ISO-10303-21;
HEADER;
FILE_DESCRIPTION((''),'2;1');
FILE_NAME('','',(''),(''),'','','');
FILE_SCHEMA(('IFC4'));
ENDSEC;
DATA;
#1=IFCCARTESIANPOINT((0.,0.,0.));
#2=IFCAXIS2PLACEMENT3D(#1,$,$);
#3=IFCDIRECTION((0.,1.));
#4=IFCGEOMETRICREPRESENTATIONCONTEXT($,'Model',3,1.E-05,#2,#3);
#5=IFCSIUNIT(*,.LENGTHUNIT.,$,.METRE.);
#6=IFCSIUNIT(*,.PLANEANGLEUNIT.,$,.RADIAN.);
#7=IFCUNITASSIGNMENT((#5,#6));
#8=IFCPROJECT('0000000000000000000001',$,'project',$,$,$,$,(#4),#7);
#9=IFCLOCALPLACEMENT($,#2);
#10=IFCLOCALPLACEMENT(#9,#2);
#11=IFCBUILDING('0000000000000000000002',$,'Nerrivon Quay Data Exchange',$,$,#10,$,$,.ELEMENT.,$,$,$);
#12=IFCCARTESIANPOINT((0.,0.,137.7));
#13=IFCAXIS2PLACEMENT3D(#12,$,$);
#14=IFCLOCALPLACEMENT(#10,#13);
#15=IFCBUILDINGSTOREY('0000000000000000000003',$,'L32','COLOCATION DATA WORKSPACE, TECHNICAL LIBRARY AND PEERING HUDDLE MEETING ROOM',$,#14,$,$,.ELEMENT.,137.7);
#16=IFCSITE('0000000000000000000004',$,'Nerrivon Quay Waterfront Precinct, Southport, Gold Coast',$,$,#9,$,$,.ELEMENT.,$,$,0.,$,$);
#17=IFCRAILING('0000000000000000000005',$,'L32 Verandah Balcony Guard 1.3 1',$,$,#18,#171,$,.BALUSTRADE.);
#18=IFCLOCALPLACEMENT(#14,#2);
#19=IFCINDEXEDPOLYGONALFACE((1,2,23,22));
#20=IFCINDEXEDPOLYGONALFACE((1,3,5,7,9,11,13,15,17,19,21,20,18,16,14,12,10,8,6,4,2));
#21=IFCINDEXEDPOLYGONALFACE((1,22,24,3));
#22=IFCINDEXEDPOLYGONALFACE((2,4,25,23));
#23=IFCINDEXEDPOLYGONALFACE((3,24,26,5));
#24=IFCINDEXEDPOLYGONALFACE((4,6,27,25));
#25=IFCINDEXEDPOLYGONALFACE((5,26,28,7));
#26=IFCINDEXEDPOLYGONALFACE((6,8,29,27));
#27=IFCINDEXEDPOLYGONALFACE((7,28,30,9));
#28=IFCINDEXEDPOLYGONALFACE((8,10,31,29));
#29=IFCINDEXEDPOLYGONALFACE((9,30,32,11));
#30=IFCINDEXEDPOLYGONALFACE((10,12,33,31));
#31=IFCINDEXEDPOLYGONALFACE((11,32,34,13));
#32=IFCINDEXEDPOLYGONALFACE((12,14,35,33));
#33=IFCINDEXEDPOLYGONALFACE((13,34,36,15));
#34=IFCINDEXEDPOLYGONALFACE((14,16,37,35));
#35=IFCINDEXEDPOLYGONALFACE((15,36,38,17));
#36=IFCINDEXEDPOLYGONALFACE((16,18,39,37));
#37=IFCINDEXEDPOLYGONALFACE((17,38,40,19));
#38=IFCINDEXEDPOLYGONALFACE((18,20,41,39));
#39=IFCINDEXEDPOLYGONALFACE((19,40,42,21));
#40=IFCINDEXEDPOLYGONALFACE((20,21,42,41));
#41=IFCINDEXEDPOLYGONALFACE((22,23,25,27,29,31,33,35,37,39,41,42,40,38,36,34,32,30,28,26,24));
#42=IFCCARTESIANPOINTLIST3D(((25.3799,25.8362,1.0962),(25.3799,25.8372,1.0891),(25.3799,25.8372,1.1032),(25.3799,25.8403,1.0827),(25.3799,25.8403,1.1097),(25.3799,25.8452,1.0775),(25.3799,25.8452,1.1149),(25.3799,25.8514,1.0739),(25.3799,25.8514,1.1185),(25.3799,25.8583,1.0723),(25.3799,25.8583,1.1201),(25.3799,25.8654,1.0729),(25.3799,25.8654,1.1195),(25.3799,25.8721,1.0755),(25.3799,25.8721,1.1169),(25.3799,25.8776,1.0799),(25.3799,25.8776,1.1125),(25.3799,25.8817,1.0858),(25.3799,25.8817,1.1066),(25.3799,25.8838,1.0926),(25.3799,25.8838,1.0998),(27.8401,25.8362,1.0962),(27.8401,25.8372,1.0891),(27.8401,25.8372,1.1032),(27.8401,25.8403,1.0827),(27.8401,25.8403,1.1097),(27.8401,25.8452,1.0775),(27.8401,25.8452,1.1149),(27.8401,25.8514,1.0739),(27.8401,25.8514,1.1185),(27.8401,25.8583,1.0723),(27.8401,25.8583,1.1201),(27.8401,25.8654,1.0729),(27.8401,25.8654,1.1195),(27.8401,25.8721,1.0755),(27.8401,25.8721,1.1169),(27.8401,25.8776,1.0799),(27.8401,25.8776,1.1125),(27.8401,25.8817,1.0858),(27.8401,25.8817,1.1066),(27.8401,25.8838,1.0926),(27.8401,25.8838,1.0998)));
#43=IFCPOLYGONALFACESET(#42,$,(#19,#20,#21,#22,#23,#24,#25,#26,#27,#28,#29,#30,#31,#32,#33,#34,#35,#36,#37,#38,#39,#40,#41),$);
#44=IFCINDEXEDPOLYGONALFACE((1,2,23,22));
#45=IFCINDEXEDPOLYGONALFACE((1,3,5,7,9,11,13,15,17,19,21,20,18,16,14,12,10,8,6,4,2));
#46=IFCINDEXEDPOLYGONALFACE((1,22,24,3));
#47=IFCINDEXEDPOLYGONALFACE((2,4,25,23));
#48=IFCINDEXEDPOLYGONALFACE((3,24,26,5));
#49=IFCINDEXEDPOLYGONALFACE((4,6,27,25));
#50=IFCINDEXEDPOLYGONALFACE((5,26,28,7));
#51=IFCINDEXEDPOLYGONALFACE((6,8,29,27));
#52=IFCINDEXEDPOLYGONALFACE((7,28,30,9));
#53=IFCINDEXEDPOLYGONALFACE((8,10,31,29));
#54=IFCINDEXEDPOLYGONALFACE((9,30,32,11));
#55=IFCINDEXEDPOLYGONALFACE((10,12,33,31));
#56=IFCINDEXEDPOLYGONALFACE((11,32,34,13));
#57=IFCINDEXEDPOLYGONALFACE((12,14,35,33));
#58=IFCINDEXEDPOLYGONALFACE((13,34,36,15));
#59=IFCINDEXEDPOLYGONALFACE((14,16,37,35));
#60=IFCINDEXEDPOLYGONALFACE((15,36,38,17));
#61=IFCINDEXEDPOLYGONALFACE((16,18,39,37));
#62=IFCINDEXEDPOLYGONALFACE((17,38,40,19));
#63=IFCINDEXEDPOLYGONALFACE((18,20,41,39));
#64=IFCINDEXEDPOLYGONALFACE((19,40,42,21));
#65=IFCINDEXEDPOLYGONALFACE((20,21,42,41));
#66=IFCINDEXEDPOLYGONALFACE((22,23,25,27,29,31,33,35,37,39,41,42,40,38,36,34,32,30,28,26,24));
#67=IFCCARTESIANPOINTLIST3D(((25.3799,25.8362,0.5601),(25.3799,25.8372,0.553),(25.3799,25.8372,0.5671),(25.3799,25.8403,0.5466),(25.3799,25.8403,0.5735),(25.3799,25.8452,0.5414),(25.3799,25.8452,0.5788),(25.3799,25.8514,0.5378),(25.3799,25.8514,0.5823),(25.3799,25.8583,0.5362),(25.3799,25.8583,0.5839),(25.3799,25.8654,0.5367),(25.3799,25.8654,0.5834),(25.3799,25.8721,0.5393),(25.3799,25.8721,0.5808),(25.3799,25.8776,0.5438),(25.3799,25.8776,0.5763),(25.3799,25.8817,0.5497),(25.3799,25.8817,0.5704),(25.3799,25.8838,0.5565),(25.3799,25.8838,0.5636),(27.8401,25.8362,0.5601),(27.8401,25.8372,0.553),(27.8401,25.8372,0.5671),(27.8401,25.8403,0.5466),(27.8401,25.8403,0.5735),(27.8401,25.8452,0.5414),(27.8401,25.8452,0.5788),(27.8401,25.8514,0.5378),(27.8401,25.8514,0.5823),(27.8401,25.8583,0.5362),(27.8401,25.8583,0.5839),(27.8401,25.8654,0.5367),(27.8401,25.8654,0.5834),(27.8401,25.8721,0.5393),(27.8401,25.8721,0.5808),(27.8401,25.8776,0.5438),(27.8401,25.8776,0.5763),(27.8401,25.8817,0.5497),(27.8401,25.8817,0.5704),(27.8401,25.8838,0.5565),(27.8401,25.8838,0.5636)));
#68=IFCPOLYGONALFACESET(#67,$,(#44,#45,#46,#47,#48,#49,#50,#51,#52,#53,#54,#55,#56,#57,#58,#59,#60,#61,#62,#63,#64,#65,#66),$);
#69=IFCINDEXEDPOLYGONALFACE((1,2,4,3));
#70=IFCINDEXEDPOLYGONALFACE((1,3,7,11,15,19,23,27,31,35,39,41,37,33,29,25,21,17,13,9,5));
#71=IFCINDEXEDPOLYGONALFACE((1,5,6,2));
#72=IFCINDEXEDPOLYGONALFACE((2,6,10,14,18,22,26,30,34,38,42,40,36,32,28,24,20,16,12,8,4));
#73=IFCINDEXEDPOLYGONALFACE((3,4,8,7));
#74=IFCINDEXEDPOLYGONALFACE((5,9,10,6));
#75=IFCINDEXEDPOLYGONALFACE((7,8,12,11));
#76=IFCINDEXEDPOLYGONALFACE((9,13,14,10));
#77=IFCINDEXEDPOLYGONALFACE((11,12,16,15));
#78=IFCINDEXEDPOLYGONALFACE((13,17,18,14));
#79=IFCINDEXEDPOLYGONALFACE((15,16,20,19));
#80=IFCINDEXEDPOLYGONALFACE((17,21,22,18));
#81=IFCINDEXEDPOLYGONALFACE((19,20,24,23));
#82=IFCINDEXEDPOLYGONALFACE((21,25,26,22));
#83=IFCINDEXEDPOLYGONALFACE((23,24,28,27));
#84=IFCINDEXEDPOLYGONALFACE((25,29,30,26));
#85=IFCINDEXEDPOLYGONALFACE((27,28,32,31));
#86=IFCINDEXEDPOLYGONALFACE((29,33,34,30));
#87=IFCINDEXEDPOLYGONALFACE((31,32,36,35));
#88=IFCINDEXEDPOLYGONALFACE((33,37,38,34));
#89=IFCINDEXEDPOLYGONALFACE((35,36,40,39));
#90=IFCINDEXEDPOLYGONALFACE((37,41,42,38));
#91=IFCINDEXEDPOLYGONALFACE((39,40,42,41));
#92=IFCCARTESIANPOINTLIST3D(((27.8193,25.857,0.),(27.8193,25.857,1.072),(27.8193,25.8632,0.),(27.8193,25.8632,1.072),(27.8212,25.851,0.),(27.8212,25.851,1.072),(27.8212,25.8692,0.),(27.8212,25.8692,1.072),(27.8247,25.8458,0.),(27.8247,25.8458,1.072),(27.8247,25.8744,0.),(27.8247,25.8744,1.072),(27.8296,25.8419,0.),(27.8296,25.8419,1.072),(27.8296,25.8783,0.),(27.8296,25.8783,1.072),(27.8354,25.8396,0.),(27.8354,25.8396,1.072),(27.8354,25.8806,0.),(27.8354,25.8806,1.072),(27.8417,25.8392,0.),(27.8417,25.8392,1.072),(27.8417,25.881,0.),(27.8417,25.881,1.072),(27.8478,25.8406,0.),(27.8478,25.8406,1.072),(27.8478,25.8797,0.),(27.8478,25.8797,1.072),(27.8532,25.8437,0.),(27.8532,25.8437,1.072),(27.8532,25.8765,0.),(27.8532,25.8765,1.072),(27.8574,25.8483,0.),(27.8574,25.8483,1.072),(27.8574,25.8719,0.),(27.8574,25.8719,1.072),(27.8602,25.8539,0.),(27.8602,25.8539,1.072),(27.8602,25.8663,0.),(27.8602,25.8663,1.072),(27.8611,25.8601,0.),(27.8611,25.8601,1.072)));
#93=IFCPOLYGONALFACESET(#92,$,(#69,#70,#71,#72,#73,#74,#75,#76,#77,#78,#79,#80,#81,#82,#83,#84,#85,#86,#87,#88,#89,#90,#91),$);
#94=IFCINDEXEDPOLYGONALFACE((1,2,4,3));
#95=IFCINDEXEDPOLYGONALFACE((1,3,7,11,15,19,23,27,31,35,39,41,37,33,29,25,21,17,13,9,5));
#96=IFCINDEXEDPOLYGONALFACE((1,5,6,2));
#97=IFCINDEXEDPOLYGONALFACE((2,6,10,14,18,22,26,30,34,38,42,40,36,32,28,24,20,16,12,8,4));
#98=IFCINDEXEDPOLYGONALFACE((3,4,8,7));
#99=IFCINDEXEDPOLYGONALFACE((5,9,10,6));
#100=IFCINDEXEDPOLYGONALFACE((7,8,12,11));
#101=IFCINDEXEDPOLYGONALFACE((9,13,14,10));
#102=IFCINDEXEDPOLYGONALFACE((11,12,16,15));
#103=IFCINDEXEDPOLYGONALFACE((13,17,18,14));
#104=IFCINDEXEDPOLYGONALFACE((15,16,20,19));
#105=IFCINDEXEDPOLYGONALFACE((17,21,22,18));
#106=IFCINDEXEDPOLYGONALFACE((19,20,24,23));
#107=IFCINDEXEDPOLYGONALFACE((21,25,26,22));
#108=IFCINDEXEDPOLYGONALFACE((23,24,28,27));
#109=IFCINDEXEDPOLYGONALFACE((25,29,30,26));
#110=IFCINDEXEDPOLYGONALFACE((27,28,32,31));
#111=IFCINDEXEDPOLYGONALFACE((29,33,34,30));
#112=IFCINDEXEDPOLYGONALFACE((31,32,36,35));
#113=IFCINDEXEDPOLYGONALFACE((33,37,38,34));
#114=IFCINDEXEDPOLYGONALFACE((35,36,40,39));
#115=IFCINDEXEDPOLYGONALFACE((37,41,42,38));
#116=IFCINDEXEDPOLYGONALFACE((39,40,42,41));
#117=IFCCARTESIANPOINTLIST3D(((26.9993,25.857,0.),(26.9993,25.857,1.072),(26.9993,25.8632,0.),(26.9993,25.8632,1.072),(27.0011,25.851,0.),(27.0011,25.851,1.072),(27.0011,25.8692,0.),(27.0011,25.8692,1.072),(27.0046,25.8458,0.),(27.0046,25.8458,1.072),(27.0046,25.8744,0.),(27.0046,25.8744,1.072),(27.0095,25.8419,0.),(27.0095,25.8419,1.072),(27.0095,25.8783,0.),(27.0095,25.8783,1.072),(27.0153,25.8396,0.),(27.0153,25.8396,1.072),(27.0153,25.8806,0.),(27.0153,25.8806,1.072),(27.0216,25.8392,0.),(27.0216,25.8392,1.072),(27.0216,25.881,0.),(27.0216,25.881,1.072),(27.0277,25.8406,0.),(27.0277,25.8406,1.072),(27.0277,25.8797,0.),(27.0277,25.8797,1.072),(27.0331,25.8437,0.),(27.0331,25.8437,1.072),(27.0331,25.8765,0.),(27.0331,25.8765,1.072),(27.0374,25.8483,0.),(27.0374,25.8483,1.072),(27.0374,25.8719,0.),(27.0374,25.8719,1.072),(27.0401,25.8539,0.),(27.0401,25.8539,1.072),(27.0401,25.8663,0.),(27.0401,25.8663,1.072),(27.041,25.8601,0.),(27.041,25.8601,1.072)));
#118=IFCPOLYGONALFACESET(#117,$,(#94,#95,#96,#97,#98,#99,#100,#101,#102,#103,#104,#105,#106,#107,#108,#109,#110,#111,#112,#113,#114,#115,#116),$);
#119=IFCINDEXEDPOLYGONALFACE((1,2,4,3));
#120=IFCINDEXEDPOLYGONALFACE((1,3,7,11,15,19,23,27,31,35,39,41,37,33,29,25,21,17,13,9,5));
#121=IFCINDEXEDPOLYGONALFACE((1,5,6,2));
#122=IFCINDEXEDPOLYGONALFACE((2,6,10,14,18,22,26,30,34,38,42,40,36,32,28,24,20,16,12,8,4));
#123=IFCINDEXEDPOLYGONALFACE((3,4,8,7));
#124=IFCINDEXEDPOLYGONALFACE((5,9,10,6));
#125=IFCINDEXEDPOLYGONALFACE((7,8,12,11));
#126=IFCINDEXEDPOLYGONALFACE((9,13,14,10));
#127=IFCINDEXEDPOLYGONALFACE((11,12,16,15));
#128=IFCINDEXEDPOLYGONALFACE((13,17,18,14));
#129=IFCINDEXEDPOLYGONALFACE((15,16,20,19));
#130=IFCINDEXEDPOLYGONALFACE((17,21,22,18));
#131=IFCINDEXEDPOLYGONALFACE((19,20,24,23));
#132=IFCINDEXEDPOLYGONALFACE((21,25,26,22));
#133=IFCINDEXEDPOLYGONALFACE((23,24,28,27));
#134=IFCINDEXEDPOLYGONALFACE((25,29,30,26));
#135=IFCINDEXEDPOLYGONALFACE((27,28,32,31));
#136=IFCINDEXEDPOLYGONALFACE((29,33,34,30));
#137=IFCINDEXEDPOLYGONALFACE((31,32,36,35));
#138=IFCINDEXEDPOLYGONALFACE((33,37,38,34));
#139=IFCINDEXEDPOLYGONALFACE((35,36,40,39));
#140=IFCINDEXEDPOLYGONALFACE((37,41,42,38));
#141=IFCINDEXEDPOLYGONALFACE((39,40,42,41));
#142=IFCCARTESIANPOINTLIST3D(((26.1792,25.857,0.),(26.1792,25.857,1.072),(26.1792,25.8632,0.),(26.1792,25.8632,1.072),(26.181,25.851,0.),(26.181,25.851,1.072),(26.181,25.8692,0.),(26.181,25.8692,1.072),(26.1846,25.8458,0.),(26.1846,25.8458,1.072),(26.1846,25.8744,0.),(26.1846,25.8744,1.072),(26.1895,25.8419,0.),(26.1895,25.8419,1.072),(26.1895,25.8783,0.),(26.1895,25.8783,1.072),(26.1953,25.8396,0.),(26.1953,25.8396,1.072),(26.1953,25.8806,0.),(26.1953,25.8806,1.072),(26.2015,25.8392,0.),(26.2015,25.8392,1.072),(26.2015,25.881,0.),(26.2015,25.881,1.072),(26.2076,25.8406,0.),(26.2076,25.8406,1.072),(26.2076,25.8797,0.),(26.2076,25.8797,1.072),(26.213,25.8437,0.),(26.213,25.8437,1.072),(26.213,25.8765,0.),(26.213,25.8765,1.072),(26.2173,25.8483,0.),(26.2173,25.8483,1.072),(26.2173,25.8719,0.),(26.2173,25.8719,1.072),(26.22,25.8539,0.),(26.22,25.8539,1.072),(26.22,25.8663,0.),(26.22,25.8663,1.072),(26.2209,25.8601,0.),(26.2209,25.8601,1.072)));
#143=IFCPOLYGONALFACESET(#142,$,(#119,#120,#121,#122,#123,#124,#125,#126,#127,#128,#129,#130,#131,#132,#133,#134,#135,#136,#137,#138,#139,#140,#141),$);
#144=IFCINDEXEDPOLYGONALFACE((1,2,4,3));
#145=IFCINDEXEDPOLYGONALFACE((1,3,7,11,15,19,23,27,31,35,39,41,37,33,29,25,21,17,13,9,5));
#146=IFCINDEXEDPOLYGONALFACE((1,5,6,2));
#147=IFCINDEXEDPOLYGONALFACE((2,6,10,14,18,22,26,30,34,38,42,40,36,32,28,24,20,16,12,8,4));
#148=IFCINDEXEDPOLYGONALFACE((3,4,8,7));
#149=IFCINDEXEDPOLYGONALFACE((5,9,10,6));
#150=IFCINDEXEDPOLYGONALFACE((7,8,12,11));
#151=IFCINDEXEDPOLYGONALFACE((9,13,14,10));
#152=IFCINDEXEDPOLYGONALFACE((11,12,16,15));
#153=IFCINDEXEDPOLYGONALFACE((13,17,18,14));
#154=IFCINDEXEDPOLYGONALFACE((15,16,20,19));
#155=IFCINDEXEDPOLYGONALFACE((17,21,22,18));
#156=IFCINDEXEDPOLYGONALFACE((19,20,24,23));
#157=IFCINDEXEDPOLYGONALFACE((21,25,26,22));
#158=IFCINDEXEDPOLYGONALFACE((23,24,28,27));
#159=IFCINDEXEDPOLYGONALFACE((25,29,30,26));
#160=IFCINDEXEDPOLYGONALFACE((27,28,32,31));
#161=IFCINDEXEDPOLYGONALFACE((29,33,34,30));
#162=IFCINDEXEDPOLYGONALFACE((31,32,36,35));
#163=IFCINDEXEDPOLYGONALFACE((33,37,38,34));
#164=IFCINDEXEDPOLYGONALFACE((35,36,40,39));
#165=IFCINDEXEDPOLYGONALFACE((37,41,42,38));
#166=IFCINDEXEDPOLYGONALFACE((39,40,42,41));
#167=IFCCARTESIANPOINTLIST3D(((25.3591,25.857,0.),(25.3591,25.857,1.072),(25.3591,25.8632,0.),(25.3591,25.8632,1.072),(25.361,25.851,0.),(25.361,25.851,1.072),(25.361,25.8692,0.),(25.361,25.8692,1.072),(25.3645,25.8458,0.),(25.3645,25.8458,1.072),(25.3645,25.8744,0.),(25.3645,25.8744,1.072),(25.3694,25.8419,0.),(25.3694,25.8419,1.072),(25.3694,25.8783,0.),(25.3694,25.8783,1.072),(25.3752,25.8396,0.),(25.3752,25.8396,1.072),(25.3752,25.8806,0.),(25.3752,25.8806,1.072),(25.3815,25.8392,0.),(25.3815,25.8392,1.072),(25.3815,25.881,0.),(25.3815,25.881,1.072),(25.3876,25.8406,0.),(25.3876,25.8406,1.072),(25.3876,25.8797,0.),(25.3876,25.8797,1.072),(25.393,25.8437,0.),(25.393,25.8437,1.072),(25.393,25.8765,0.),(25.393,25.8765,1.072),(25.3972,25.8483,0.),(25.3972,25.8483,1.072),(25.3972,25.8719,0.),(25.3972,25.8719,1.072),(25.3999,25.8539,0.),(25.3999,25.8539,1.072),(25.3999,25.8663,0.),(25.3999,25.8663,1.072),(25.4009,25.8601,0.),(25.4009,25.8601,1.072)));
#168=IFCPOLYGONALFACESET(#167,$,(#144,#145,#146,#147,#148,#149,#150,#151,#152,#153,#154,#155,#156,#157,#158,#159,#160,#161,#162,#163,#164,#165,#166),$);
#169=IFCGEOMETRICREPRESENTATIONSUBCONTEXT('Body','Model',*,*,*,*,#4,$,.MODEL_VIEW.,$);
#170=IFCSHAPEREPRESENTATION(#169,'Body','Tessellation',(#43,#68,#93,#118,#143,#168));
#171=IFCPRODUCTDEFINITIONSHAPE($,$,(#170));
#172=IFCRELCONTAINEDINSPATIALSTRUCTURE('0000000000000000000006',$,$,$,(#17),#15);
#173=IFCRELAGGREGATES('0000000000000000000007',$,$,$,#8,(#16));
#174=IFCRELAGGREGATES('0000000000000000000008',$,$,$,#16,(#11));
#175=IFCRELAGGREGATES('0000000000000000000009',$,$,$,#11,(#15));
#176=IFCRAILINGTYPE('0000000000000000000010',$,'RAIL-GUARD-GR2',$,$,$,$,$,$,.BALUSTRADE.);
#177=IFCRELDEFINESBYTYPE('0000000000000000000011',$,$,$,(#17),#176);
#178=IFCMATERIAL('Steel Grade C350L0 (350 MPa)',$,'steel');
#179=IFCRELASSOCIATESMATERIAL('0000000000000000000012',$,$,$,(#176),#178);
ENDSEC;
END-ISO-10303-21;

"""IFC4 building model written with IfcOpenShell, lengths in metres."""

from ifc_helpers import new_model, si_unit, direction, frame, origin, origin_2d, place, context, subcontext, project, spatial, circle, extrude, material, type_object, element, save


model = new_model("IFC4")

# Units and contexts
model_context = context("Model", 3, precision=1e-05, world=origin(), true_north=direction((0.0, 1.0)))
body_context = subcontext(model_context, "Body", "Model", "MODEL_VIEW")
ifc_project = project(units=[si_unit("LENGTHUNIT", "METRE"), si_unit("PLANEANGLEUNIT", "RADIAN")], contexts=[model_context])

# Site, building, storey
site_placement = place(None, origin())
site = spatial("IfcSite", under=ifc_project, at=site_placement, Name="Nerrivon Quay Waterfront Precinct, Southport, Gold Coast", CompositionType="ELEMENT", RefElevation=0.0)
building_placement = place(site_placement, origin())
building = spatial("IfcBuilding", under=site, at=building_placement, Name="Nerrivon Quay Data Exchange", CompositionType="ELEMENT")
storey_placement = place(building_placement, frame((0.0, 0.0, 137.7)))
storey = spatial("IfcBuildingStorey", under=building, at=storey_placement, Name="L32", Description="COLOCATION DATA WORKSPACE, TECHNICAL LIBRARY AND PEERING HUDDLE MEETING ROOM", CompositionType="ELEMENT", Elevation=137.7)

# Railing
ifc_material_1 = material(Name="Steel Grade C350L0 (350 MPa)", Category="steel")
railing_type = type_object("IfcRailingType", Name="RAIL-GUARD-GR2", PredefinedType="BALUSTRADE", material=ifc_material_1)
railing_1_placement = place(storey_placement, frame((27.8401, 25.8601, 0.0)))
element("IfcRailing", 1, at=railing_1_placement, inside=storey, type_object=railing_type, Name="L32 Verandah Balcony Guard 1.3 1", PredefinedType="BALUSTRADE", context=body_context, shape_type="SweptSolid", body=[
    extrude(circle(Radius=0.0239, at=origin_2d()), frame((0.0, 0.0, 1.0962), z_axis=(-1.0, 0.0, 0.0), x_axis=(0.0, -1.0, 0.0)), (0.0, 0.0, 1.0), 2.4602),
    extrude(circle(Radius=0.0239, at=origin_2d()), frame((0.0, 0.0, 0.5601), z_axis=(-1.0, 0.0, 0.0), x_axis=(0.0, -1.0, 0.0)), (0.0, 0.0, 1.0), 2.4602),
    extrude(circle(Radius=0.021, at=origin_2d()), origin(), (0.0, 0.0, 1.0), 1.072),
    extrude(circle(Radius=0.021, at=origin_2d()), frame((-0.8201, 0.0, 0.0)), (0.0, 0.0, 1.0), 1.072),
    extrude(circle(Radius=0.021, at=origin_2d()), frame((-1.6401, 0.0, 0.0)), (0.0, 0.0, 1.0), 1.072),
    extrude(circle(Radius=0.021, at=origin_2d()), frame((-2.4602, 0.0, 0.0)), (0.0, 0.0, 1.0), 1.072),
])

save(model, "model.ifc")
